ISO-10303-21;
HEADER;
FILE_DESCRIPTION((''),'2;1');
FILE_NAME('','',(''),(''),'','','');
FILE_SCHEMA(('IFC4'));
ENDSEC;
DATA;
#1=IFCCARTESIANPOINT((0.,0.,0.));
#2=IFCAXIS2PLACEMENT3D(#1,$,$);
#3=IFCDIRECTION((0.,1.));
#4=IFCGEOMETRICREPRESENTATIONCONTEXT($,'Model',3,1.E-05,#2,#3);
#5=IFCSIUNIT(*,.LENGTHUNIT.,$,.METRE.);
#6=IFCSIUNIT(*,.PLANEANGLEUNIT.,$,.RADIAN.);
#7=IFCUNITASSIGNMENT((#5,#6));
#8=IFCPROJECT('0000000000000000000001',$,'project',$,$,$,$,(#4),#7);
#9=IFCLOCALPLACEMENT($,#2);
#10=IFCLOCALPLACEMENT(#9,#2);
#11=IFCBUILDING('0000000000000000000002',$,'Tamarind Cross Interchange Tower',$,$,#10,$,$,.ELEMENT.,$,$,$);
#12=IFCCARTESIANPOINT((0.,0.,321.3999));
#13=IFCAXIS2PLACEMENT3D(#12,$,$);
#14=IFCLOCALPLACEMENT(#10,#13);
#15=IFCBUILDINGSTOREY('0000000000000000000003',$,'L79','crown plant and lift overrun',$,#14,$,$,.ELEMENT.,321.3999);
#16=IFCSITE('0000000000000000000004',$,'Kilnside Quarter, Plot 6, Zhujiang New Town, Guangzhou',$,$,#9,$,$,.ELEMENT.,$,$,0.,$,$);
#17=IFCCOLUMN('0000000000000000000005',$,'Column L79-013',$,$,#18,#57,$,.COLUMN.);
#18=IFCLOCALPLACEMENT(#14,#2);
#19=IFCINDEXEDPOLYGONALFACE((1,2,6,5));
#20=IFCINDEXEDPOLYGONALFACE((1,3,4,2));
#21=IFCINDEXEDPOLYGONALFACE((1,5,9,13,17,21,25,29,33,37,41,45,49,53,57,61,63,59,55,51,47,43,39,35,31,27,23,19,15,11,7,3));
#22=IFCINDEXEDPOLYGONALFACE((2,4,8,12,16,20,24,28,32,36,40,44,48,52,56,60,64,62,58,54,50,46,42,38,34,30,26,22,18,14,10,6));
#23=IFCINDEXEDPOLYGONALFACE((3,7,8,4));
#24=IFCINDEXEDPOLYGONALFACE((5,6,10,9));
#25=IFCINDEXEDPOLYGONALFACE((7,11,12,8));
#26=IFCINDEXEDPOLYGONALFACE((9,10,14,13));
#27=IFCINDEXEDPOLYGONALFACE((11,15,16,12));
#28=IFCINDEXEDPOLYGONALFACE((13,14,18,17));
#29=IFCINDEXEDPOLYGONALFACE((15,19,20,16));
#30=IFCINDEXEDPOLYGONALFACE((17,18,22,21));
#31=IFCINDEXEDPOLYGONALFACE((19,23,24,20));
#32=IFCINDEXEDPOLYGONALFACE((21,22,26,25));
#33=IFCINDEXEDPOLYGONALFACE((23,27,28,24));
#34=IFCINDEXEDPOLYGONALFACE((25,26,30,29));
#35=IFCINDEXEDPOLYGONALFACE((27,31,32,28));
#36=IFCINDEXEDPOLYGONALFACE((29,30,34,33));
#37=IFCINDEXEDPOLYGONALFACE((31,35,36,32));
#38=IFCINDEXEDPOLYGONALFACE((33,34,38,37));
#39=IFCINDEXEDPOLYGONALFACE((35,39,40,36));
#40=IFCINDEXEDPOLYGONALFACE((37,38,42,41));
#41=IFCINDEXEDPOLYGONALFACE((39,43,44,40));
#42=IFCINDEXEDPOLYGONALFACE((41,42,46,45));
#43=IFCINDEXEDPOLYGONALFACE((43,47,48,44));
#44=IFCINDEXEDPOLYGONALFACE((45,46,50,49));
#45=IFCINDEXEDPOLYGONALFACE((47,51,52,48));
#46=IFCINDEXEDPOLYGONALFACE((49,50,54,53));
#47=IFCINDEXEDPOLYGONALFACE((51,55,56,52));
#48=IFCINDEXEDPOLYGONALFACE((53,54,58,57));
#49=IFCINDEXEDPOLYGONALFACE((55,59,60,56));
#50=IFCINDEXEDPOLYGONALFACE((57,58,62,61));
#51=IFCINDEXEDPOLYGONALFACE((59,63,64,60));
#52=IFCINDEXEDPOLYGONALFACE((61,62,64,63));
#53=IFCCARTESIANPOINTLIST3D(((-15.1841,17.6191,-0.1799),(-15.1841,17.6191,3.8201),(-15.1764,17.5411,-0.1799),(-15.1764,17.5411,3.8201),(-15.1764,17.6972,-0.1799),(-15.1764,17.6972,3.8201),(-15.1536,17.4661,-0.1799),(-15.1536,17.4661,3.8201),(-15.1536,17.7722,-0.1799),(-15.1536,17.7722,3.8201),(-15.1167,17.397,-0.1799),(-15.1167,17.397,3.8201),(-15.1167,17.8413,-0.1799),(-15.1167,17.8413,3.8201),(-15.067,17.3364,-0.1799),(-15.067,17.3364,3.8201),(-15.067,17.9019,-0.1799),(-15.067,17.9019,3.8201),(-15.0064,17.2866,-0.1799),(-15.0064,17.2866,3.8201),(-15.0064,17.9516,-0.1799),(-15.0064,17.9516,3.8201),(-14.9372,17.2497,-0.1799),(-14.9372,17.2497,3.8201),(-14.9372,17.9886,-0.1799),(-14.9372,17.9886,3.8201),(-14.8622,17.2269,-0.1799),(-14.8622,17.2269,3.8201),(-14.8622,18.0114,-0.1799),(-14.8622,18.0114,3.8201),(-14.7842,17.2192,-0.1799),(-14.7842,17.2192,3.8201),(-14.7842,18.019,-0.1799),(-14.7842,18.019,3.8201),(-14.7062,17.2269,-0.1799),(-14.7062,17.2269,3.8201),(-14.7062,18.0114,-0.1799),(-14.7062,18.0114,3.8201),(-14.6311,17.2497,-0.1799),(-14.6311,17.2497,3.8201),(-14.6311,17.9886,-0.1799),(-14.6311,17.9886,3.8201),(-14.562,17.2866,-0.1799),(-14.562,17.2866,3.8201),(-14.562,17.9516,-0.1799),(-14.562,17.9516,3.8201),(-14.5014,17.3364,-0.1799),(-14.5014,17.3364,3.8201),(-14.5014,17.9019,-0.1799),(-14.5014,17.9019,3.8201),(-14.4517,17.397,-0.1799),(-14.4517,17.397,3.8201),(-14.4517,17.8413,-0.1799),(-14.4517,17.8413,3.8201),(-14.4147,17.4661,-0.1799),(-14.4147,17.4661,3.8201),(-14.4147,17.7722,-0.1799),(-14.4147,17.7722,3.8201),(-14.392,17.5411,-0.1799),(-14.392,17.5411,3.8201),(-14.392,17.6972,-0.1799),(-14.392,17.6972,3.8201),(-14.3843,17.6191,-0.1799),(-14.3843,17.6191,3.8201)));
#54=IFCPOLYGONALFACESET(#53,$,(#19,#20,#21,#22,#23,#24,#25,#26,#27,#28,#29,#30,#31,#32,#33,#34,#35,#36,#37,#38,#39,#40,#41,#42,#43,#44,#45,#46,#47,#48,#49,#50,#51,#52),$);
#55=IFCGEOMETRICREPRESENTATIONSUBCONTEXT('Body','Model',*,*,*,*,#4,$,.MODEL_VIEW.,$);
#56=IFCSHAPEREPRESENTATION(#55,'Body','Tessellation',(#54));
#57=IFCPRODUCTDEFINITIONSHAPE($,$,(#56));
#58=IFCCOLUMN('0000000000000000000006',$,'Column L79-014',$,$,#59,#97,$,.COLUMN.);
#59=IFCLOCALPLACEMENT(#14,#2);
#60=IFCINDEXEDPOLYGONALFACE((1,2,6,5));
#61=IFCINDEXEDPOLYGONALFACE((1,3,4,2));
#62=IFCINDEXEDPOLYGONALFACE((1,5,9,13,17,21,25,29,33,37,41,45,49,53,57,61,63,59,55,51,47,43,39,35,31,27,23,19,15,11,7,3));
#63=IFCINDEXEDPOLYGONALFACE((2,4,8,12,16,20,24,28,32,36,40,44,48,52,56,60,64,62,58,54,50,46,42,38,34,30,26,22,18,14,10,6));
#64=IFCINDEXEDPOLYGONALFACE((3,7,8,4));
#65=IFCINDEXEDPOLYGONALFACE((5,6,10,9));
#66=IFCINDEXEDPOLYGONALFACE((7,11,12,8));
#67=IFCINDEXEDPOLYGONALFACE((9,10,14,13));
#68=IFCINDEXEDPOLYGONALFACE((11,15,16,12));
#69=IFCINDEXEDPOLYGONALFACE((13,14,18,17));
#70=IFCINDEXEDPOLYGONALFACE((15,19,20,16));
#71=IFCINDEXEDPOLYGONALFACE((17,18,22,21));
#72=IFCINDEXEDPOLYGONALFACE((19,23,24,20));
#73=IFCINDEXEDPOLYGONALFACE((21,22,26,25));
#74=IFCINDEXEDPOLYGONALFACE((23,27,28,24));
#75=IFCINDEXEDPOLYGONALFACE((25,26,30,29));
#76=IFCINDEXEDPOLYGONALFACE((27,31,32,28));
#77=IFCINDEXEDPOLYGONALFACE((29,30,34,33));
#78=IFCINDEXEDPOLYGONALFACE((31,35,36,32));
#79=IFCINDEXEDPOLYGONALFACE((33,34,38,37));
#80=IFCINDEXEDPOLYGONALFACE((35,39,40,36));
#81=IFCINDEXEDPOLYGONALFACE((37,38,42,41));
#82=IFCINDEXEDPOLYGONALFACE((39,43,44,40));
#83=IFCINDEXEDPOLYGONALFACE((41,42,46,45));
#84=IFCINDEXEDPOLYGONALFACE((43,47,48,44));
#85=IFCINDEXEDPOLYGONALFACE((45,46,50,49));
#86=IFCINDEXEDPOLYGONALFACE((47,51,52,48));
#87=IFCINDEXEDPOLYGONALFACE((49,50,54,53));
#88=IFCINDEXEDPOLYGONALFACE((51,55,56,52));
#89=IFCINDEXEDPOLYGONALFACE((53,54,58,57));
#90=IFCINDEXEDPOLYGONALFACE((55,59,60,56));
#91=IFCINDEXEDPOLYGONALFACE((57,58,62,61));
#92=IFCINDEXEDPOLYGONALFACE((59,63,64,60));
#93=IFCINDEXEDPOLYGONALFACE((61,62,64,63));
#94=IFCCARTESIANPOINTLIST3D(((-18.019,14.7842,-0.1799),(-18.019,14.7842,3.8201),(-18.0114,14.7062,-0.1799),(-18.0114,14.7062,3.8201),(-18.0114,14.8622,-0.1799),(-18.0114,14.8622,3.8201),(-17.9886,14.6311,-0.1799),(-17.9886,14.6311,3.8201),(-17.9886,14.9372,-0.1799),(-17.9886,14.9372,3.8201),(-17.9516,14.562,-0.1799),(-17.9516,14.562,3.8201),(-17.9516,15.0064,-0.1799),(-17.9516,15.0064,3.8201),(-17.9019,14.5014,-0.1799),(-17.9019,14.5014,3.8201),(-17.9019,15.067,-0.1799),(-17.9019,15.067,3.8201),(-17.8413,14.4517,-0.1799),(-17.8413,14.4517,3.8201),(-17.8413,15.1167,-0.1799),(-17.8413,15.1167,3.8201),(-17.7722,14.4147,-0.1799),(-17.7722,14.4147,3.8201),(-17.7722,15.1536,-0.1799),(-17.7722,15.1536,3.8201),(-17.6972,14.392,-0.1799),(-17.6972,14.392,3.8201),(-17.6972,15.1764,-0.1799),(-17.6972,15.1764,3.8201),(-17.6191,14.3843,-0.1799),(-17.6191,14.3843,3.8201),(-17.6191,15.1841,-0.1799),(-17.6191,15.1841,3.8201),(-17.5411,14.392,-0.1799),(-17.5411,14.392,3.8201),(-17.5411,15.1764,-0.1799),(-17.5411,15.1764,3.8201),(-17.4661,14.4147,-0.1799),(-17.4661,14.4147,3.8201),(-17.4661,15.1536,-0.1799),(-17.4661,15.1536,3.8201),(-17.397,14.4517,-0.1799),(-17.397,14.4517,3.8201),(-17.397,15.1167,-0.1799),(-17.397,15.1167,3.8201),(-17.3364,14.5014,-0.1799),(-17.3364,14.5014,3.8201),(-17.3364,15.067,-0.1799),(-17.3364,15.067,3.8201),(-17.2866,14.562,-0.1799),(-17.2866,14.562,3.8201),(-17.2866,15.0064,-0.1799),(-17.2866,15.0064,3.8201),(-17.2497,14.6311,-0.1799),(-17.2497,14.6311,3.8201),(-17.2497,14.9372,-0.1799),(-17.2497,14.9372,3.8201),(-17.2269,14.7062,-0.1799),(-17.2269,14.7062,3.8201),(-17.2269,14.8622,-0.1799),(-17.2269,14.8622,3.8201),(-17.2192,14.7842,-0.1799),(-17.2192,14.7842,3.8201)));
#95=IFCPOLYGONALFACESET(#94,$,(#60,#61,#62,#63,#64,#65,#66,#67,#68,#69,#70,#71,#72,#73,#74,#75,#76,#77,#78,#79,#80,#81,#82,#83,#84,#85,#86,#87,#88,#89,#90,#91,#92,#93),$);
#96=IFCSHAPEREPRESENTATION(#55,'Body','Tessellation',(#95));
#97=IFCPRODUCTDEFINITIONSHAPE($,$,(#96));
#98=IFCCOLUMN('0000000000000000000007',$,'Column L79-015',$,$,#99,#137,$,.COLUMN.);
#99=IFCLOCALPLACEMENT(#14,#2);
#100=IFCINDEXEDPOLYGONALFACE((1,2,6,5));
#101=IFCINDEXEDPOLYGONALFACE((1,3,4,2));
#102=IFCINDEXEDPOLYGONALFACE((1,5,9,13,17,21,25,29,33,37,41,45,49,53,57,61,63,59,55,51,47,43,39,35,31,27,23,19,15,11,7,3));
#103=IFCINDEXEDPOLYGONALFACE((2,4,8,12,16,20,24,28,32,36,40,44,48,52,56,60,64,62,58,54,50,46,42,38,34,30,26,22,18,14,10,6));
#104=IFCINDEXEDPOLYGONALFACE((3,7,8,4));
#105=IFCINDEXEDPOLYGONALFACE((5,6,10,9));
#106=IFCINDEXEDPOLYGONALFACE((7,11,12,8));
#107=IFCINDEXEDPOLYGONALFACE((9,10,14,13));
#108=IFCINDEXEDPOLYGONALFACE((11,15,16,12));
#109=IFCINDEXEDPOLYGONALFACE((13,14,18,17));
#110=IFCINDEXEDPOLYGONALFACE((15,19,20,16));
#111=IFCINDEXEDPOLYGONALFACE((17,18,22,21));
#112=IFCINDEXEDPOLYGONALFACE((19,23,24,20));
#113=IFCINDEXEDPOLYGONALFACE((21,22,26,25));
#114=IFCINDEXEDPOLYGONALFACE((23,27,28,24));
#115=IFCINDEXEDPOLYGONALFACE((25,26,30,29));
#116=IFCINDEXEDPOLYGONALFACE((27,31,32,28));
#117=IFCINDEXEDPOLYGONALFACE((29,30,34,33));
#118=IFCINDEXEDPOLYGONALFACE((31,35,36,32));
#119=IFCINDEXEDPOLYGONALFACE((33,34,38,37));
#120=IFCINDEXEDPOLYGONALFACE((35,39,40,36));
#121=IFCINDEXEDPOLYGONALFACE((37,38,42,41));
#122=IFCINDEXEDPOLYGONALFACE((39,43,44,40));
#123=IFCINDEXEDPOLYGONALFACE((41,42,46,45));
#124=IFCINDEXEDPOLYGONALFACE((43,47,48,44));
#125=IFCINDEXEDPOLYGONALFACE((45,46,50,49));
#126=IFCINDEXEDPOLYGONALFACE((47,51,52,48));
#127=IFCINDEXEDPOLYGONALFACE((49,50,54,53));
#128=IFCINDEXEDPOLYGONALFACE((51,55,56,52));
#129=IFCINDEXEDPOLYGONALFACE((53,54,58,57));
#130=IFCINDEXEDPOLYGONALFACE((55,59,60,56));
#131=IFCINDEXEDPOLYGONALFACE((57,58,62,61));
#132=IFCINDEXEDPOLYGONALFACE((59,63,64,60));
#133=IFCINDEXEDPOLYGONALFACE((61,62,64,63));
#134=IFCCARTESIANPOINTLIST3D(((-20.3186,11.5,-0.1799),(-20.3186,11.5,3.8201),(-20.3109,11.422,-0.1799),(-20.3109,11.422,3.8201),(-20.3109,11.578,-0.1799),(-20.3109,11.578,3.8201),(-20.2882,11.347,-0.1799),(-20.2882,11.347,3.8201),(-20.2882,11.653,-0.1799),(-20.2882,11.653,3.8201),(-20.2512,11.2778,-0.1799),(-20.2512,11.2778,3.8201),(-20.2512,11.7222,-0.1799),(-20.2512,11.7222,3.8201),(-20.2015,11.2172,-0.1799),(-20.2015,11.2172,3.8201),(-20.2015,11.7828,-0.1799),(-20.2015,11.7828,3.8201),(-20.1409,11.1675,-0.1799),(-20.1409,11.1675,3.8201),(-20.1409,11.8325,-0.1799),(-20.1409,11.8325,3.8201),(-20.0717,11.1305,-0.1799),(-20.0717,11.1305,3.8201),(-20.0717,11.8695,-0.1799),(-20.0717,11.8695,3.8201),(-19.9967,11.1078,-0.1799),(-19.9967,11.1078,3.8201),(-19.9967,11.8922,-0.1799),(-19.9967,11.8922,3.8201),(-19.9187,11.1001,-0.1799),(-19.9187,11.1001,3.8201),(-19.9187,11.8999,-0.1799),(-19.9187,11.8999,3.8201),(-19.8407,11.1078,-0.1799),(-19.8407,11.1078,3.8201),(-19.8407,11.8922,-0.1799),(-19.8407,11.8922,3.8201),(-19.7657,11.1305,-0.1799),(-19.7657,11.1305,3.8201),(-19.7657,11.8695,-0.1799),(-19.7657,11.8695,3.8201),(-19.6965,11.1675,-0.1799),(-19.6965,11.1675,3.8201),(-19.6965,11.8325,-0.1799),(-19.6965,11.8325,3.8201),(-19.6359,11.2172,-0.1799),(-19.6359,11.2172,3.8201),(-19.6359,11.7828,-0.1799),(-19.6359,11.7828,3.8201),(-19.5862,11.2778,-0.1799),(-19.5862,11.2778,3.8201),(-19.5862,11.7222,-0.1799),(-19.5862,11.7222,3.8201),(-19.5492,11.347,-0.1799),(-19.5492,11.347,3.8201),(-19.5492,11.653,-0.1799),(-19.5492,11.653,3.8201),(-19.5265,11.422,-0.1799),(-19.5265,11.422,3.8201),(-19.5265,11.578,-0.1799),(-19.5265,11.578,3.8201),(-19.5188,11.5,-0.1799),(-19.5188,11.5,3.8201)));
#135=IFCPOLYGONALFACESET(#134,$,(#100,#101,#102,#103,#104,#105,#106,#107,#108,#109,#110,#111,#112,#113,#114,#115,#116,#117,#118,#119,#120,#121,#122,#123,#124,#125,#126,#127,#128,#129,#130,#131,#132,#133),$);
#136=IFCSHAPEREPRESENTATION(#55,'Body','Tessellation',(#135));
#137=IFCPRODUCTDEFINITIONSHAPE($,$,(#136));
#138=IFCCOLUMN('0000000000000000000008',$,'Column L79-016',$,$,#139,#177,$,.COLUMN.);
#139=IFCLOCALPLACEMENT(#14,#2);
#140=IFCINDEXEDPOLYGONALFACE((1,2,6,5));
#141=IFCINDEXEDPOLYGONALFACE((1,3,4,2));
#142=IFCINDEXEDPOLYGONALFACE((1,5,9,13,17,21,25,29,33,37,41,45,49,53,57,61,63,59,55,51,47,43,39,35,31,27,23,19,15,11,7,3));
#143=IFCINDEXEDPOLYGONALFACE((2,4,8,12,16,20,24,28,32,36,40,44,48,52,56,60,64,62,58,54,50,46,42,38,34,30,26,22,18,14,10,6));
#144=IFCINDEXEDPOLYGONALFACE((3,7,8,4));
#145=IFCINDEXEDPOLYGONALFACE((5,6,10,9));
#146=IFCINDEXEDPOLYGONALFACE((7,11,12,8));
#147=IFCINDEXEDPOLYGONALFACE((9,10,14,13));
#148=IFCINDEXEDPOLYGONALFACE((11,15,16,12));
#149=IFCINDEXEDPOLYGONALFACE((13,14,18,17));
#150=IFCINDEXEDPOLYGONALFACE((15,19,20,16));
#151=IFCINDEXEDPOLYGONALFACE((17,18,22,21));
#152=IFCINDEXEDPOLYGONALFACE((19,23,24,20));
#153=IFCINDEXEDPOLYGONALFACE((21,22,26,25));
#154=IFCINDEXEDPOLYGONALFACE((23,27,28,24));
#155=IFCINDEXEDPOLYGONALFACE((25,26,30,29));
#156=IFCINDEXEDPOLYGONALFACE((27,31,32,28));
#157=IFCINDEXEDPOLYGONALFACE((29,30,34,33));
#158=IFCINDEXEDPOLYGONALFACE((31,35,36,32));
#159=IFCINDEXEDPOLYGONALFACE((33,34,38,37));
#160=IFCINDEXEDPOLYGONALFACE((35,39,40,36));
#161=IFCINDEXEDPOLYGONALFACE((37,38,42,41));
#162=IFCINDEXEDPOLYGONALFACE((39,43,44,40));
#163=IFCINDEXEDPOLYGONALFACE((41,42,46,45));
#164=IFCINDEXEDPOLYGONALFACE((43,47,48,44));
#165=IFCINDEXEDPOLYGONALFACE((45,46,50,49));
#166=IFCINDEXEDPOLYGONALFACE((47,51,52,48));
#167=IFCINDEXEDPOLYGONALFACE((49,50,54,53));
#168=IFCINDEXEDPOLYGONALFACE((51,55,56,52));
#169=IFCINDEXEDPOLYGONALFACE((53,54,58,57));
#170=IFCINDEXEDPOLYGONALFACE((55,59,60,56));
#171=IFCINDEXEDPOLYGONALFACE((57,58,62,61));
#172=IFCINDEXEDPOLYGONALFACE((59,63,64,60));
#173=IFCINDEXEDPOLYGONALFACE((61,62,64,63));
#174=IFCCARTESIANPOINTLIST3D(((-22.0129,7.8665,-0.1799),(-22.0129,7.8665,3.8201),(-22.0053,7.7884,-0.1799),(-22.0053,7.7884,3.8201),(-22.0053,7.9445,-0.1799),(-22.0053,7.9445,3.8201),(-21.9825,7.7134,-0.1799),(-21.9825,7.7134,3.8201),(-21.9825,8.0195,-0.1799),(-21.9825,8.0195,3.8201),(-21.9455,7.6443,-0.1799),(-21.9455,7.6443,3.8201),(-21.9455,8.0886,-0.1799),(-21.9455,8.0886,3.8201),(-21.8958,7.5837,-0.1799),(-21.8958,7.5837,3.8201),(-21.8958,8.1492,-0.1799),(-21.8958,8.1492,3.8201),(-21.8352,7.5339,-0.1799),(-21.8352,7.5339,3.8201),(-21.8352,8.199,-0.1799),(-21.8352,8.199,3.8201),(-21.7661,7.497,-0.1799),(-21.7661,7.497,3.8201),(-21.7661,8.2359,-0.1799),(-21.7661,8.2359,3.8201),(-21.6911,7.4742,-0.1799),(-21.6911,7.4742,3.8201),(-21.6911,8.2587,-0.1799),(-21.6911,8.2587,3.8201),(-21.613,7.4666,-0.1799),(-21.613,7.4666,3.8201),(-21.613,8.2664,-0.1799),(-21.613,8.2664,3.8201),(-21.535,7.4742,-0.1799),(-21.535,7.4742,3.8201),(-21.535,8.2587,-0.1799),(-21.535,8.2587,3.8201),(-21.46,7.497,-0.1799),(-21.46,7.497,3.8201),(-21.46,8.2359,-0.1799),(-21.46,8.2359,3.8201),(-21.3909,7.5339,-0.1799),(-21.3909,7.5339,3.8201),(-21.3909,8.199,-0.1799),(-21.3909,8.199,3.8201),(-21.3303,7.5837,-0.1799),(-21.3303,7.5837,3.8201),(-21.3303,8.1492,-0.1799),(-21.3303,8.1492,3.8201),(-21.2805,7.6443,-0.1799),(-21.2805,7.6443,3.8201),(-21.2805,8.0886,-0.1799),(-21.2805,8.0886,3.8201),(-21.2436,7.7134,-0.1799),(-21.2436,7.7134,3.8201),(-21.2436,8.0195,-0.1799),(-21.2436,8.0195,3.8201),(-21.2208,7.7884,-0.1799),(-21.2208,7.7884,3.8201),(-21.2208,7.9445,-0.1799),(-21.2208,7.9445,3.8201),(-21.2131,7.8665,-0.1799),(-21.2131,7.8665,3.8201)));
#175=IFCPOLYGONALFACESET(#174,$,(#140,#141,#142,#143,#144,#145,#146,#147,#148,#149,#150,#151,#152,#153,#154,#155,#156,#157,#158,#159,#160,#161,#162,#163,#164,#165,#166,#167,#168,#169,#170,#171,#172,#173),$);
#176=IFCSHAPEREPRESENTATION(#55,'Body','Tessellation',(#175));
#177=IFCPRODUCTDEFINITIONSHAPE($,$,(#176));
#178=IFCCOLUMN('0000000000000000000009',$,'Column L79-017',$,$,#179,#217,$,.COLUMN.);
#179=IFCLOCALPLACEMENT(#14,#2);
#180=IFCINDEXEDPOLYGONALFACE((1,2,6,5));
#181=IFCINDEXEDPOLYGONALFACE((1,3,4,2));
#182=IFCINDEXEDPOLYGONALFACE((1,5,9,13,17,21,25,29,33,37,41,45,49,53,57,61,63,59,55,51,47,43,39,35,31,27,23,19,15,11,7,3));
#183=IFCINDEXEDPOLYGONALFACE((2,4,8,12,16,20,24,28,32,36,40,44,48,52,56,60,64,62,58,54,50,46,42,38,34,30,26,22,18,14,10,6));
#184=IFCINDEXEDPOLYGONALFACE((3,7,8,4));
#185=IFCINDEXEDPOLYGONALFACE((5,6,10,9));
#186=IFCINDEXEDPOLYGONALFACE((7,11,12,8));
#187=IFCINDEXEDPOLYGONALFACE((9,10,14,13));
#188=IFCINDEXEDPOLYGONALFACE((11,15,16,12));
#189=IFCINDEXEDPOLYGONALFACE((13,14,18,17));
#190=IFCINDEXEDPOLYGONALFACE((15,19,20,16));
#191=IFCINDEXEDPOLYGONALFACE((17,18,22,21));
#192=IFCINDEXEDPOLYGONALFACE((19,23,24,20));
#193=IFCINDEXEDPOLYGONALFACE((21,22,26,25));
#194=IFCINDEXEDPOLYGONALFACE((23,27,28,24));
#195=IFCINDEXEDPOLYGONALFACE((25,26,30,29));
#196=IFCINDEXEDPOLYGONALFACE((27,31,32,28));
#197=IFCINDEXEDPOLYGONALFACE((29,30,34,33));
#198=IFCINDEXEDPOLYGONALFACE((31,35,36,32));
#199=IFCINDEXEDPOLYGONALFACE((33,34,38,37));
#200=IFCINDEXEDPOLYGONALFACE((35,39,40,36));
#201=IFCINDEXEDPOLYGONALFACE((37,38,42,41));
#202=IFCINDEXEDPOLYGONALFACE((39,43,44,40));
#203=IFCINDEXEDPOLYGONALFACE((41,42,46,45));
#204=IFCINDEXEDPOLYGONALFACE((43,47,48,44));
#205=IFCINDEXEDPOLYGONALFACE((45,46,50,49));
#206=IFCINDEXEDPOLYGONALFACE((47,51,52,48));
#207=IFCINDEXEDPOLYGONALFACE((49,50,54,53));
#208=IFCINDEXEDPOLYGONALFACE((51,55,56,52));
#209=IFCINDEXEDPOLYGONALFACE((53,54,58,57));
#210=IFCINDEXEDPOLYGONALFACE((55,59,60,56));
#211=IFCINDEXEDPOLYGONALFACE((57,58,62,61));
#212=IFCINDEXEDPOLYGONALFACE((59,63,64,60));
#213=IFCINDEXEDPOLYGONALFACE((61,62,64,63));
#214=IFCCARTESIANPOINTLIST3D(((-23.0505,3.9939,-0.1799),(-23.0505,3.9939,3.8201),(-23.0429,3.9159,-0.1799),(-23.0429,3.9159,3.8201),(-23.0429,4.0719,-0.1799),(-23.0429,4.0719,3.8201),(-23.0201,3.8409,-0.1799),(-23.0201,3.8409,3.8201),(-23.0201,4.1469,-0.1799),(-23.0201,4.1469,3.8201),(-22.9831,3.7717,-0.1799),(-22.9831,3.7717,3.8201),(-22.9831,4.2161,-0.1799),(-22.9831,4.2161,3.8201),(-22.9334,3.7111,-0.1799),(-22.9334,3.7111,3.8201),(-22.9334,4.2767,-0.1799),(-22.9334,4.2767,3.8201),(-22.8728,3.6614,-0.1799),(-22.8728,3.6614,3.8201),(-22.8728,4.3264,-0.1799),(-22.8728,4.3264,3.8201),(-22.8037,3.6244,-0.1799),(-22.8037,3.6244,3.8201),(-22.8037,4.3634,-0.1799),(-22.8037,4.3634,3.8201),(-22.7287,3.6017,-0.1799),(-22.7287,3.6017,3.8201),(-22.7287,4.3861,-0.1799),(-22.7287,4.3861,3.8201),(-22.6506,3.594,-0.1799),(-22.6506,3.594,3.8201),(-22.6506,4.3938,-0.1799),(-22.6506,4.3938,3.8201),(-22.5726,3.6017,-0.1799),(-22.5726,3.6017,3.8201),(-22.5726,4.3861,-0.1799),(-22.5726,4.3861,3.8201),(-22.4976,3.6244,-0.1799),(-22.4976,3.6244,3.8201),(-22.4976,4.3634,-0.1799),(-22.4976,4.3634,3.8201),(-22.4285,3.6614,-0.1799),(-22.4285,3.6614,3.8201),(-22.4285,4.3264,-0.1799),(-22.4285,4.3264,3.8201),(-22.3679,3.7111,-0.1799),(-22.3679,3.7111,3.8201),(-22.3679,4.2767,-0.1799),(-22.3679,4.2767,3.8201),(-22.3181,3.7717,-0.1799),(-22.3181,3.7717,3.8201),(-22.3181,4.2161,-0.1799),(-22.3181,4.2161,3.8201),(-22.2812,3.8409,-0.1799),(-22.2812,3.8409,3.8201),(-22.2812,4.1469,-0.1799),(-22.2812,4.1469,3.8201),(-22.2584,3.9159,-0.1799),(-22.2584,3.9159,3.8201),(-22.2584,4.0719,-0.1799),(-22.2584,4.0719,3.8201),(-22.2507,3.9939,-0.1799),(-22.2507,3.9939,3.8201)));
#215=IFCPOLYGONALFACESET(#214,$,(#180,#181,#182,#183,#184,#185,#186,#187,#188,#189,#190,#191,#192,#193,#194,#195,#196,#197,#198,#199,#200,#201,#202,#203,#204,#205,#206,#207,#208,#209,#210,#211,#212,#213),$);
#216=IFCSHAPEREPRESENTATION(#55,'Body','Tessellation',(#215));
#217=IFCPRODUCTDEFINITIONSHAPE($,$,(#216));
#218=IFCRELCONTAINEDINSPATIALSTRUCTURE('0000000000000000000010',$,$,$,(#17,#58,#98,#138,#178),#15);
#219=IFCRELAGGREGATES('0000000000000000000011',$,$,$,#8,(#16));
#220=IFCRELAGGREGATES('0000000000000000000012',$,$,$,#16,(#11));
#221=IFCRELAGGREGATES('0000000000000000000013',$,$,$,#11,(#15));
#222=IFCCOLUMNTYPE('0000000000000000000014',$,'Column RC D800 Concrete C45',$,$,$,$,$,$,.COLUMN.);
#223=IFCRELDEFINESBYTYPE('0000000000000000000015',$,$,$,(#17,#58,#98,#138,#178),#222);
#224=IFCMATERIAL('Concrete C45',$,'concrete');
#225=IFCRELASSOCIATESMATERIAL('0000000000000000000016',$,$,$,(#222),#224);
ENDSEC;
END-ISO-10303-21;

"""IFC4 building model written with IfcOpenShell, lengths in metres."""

from ifc_helpers import new_model, si_unit, direction, frame, origin, origin_2d, place, context, subcontext, project, spatial, circle, extrude, material, material_profile, profile_set, type_object, element, save


model = new_model("IFC4")

# Units and contexts
model_context = context("Model", 3, precision=1e-05, world=origin(), true_north=direction((0.0, 1.0)))
body_context = subcontext(model_context, "Body", "Model", "MODEL_VIEW")
ifc_project = project(units=[si_unit("LENGTHUNIT", "METRE"), si_unit("PLANEANGLEUNIT", "RADIAN")], contexts=[model_context])

# Site, building, storey
site_placement = place(None, origin())
site = spatial("IfcSite", under=ifc_project, at=site_placement, Name="Kilnside Quarter, Plot 6, Zhujiang New Town, Guangzhou", CompositionType="ELEMENT", RefElevation=0.0)
building_placement = place(site_placement, origin())
building = spatial("IfcBuilding", under=site, at=building_placement, Name="Tamarind Cross Interchange Tower", CompositionType="ELEMENT")
storey_placement = place(building_placement, frame((0.0, 0.0, 321.3999)))
storey = spatial("IfcBuildingStorey", under=building, at=storey_placement, Name="L79", Description="crown plant and lift overrun", CompositionType="ELEMENT", Elevation=321.3999)

# Columns
ifc_material_1 = material(Name="Concrete C45", Category="concrete")
ifc_material_profile_1 = material_profile(ifc_material_1, circle(Radius=0.3999, at=origin_2d()), Name="RC D800")
ifc_profile_set_1 = profile_set([ifc_material_profile_1], Name="Concrete C45")
column_type = type_object("IfcColumnType", Name="Column RC D800 Concrete C45", PredefinedType="COLUMN", material=ifc_profile_set_1)
for number, where, z_axis, x_axis, name in (
    (1, (-14.7842, 17.6191, -0.1799), (0.0, 0.0, 1.0), (1.0, 0.0, 0.0), "Column L79-013"),
    (2, (-17.6191, 14.7842, -0.1799), (0.0, 0.0, 1.0), (1.0, 0.0, 0.0), "Column L79-014"),
    (3, (-19.9187, 11.5, -0.1799), (0.0, 0.0, 1.0), (1.0, 0.0, 0.0), "Column L79-015"),
    (4, (-21.613, 7.8665, -0.1799), (0.0, 0.0, 1.0), (1.0, 0.0, 0.0), "Column L79-016"),
    (5, (-22.6506, 3.9939, -0.1799), (0.0, 0.0, 1.0), (1.0, 0.0, 0.0), "Column L79-017"),
):
    element("IfcColumn", number, at=place(storey_placement, frame(where, z_axis=z_axis, x_axis=x_axis)), inside=storey, type_object=column_type, Name=name, PredefinedType="COLUMN", context=body_context, shape_type="SweptSolid", body=[
        extrude(circle(Radius=0.3999, at=origin_2d()), origin(), (0.0, 0.0, 1.0), 4.0),
    ])

save(model, "model.ifc")
